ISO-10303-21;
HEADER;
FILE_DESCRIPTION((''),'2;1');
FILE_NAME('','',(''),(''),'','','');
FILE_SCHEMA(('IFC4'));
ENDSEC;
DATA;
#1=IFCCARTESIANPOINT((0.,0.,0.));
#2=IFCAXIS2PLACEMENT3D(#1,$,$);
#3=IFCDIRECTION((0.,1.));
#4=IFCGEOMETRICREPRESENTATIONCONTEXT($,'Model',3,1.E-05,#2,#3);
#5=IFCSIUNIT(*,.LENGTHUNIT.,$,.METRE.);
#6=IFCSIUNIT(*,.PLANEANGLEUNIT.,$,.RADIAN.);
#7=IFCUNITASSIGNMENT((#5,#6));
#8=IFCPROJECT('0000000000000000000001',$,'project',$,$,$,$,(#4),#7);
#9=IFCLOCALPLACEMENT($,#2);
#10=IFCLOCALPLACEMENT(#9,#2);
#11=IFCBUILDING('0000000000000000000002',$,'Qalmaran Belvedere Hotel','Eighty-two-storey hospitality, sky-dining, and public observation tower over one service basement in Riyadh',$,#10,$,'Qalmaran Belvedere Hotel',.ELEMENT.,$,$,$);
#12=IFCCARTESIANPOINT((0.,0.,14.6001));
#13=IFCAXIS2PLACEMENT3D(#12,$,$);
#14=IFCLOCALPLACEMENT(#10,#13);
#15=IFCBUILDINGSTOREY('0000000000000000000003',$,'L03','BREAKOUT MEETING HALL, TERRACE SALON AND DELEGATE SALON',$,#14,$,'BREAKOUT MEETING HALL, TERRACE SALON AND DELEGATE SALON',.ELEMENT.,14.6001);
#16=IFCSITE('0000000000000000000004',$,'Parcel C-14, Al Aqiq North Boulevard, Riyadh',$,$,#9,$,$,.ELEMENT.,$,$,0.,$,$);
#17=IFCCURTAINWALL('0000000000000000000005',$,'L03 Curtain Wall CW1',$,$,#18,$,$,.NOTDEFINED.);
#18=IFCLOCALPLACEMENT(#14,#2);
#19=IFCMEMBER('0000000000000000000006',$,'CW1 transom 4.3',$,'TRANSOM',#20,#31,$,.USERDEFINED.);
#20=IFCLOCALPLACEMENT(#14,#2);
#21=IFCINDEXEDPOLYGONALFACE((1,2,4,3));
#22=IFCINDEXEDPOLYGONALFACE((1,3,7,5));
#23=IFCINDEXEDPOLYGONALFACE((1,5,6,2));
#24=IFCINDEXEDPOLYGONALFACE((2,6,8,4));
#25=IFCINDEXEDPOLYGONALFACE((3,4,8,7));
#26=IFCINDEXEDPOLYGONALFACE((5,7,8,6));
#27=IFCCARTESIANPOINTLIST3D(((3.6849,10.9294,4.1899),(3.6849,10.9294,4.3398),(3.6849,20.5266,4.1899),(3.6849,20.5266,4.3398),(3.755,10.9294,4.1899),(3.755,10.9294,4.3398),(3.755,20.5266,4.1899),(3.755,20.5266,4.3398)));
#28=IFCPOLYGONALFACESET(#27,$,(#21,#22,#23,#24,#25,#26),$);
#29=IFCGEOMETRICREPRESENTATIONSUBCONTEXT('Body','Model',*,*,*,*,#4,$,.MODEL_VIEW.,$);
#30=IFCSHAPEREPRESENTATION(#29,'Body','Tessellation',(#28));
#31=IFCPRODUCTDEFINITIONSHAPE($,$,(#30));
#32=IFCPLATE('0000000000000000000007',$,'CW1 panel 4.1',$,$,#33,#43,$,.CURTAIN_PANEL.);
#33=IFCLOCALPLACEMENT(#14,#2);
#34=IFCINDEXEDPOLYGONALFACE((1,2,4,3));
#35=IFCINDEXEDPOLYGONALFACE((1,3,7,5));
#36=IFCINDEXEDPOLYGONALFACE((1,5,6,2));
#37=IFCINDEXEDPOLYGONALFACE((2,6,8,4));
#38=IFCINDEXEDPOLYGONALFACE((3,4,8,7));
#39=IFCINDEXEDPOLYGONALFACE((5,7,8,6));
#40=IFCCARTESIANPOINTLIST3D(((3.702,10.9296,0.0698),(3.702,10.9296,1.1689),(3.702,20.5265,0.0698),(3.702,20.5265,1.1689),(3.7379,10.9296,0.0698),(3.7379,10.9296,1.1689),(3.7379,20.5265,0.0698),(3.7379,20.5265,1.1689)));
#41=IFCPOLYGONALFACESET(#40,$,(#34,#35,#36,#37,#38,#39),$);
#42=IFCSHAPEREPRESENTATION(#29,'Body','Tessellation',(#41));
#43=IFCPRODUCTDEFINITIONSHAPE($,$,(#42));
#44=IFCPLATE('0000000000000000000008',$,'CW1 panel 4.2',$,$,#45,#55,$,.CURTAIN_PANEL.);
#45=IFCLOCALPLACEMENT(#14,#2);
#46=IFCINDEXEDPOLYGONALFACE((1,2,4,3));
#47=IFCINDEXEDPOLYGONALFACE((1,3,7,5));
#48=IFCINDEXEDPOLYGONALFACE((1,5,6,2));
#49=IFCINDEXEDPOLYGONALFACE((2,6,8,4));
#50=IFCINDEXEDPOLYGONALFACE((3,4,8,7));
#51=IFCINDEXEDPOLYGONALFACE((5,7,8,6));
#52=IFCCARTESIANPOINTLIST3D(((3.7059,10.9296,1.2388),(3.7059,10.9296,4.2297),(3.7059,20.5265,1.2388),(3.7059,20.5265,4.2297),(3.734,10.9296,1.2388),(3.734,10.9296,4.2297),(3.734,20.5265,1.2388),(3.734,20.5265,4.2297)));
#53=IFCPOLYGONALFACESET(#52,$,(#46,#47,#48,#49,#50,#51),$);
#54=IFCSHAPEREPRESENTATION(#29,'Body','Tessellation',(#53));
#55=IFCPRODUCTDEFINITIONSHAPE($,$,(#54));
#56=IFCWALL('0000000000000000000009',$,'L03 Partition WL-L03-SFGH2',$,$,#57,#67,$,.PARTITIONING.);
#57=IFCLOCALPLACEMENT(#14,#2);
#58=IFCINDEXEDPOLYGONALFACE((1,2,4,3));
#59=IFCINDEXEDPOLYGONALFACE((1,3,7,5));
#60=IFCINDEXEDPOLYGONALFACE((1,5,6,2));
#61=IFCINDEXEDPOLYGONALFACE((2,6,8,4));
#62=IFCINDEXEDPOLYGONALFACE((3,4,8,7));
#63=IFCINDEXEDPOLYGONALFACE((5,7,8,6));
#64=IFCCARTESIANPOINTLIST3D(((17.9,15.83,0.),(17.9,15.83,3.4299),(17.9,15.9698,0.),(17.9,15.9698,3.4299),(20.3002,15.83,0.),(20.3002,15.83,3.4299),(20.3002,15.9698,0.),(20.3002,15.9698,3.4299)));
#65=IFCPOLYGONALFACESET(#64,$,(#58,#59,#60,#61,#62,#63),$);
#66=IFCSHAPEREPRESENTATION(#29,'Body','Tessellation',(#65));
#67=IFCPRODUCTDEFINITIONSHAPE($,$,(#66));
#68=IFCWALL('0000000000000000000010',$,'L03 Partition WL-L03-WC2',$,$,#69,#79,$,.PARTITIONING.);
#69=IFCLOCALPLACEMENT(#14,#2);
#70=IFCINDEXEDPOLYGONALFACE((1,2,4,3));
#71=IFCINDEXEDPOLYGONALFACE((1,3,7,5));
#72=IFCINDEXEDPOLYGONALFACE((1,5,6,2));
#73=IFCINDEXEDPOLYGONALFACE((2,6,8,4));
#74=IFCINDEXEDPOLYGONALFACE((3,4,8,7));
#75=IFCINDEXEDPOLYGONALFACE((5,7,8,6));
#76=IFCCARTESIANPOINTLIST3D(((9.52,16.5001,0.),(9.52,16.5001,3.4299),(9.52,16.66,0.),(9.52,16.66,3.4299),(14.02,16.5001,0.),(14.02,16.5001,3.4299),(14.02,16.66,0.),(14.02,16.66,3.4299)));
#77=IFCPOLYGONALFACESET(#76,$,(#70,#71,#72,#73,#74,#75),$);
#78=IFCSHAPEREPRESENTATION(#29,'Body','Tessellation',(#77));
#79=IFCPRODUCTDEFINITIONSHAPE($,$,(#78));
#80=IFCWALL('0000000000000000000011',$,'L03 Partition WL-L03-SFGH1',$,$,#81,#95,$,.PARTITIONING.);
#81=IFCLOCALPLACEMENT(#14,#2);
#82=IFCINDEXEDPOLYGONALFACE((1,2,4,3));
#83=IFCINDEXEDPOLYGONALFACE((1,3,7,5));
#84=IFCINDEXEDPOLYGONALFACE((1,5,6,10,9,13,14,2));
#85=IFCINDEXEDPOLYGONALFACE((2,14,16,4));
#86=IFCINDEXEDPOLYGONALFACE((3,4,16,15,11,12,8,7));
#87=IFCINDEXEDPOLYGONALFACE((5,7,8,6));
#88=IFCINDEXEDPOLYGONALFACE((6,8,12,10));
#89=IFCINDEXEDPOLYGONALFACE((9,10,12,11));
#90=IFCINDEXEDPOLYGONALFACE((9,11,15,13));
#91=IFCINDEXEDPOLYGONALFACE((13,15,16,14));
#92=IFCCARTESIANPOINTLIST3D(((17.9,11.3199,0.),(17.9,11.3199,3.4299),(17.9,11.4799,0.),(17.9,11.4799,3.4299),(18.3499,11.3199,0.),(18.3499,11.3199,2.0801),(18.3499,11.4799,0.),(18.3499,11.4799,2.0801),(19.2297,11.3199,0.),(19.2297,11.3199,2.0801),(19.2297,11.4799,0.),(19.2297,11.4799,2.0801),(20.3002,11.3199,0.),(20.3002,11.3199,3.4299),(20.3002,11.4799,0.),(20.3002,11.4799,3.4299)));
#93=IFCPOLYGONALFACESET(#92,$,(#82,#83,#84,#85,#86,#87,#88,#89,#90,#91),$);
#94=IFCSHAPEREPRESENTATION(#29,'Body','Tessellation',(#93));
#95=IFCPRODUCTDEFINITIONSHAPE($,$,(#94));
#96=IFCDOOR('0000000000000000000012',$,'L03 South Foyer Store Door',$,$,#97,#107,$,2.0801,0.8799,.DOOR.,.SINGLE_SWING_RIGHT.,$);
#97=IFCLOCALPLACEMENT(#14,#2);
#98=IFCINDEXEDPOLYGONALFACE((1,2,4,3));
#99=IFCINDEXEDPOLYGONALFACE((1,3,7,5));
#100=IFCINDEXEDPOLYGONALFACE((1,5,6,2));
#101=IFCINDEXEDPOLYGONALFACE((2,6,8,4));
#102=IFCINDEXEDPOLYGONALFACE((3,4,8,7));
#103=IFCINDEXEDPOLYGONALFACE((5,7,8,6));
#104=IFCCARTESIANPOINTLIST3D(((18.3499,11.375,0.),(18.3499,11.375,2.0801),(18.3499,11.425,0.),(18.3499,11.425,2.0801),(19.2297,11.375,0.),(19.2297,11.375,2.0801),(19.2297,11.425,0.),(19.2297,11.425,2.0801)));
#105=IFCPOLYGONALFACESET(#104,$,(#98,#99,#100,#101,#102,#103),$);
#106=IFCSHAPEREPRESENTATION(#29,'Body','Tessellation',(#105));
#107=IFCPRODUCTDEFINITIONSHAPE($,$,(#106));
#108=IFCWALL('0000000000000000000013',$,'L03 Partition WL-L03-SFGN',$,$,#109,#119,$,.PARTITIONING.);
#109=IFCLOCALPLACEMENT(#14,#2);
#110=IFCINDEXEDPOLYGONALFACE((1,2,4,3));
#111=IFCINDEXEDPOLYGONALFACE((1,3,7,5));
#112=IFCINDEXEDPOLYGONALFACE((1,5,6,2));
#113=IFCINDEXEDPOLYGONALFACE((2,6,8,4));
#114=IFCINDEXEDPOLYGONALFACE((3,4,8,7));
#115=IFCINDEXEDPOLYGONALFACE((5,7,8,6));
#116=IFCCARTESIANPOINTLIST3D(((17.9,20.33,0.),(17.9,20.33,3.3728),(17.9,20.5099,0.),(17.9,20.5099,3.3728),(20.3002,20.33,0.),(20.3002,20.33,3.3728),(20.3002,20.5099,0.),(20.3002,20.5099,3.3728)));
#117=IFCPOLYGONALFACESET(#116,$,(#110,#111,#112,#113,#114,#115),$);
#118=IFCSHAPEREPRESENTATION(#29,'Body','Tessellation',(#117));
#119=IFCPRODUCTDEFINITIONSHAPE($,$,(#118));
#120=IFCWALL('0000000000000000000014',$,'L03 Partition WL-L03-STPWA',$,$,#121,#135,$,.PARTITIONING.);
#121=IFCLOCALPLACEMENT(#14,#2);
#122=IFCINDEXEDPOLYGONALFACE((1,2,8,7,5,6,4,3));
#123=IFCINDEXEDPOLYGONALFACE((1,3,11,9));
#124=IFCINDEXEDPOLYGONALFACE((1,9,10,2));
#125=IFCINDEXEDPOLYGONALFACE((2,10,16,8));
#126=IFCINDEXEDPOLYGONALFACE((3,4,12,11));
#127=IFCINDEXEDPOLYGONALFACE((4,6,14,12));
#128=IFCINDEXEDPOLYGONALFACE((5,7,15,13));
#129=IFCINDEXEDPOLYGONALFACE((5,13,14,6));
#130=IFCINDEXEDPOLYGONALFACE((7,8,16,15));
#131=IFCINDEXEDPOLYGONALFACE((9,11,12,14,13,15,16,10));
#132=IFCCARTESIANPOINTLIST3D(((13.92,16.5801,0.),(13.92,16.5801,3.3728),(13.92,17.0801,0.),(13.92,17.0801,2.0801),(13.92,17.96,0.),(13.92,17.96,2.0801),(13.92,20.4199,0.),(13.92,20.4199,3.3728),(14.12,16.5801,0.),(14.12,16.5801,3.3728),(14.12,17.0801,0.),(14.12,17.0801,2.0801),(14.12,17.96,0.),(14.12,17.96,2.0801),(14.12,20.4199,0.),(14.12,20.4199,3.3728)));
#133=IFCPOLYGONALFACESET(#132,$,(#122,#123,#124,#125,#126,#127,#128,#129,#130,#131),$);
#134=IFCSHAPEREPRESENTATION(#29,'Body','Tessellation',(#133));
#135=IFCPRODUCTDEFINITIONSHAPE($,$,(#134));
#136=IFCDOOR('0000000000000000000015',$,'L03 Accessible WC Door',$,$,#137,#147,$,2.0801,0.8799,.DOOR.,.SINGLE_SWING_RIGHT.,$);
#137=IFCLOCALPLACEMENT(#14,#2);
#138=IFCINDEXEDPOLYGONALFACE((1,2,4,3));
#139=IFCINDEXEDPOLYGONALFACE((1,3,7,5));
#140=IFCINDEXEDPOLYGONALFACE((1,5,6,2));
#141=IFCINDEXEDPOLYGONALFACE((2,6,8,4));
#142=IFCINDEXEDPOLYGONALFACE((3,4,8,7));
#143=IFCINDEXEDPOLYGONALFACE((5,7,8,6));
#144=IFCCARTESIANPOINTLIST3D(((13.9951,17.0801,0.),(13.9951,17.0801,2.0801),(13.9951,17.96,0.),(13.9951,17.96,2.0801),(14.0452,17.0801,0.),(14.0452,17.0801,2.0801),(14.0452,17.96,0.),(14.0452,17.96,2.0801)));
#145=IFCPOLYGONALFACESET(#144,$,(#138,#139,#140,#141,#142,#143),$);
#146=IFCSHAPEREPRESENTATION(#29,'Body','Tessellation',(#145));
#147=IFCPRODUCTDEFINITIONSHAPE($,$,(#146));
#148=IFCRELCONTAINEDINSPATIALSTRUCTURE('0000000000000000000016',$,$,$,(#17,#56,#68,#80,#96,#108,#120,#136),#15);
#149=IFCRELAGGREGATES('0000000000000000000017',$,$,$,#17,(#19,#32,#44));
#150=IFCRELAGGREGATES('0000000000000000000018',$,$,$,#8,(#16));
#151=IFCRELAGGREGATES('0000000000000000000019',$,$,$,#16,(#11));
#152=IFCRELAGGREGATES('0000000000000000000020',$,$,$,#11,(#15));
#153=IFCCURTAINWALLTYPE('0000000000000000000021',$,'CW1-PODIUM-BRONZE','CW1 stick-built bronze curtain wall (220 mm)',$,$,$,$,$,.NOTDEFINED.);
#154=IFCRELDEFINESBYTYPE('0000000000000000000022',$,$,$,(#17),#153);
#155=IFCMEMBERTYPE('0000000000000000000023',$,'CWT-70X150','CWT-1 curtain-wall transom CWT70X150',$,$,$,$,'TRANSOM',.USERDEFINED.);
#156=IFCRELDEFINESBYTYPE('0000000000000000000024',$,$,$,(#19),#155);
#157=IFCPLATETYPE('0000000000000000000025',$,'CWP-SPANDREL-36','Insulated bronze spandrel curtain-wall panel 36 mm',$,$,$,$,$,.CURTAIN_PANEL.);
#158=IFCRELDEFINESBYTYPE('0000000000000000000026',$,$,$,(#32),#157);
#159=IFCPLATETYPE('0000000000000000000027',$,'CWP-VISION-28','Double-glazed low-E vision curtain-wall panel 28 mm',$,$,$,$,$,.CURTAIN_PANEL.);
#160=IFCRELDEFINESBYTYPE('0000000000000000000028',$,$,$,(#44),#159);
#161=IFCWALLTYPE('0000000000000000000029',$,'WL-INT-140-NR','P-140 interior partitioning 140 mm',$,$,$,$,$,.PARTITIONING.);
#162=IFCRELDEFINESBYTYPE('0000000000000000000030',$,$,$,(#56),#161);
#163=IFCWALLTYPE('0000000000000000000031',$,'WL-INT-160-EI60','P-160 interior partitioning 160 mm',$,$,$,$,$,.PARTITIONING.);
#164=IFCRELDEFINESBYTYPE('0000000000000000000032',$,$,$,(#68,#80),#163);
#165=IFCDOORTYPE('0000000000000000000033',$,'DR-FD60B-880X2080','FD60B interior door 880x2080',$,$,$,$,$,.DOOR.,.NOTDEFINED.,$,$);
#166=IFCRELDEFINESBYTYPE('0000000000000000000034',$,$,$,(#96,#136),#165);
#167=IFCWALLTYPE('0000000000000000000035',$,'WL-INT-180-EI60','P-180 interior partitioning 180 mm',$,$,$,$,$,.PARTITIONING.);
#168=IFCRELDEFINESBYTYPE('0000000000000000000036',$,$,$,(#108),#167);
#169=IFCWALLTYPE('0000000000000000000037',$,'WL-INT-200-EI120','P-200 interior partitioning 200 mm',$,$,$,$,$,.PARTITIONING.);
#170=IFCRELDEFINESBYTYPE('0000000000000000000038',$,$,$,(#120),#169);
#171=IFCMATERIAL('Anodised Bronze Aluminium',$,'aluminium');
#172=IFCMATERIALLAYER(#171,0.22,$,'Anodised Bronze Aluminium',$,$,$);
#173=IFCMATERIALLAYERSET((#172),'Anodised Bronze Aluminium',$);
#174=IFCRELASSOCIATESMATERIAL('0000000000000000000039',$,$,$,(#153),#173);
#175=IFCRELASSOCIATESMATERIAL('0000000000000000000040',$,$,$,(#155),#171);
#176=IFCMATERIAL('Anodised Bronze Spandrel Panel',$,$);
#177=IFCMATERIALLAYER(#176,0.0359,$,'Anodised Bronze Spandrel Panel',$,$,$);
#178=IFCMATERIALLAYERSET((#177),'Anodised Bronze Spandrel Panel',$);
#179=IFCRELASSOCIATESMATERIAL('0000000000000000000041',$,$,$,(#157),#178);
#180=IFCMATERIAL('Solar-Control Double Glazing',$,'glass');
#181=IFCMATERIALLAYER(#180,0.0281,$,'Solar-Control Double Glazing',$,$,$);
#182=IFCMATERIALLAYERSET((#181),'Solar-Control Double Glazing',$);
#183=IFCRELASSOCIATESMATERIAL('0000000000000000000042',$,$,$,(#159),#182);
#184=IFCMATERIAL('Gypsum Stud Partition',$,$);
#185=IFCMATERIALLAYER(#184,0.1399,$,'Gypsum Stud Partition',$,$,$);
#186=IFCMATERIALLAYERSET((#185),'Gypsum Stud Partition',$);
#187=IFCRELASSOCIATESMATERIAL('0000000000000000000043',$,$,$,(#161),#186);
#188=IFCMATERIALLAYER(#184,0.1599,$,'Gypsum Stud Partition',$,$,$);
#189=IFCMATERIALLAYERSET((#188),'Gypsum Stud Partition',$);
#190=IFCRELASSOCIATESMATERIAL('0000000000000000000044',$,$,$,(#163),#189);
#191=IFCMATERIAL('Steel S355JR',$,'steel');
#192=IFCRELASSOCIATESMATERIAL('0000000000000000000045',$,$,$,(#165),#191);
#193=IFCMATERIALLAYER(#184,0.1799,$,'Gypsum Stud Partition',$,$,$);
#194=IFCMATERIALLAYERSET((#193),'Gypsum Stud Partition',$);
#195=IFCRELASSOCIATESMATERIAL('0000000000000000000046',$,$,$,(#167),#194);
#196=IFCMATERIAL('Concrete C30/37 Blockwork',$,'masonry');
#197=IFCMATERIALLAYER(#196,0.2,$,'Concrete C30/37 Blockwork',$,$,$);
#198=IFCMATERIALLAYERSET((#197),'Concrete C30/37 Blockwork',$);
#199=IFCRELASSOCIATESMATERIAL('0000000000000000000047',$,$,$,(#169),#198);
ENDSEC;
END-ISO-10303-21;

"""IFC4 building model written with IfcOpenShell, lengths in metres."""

from ifc_helpers import new_model, si_unit, direction, frame, frame_2d, origin, origin_2d, place, context, subcontext, project, spatial, rectangle, extrude, material, layer, layer_set, material_profile, profile_set, type_object, element, fill, aggregate, save


model = new_model("IFC4")

# Units and contexts
model_context = context("Model", 3, precision=1e-05, world=origin(), true_north=direction((0.0, 1.0)))
body_context = subcontext(model_context, "Body", "Model", "MODEL_VIEW")
ifc_project = project(units=[si_unit("LENGTHUNIT", "METRE"), si_unit("PLANEANGLEUNIT", "RADIAN")], contexts=[model_context])

# Site, building, storey
site_placement = place(None, origin())
site = spatial("IfcSite", under=ifc_project, at=site_placement, Name="Parcel C-14, Al Aqiq North Boulevard, Riyadh", CompositionType="ELEMENT", RefElevation=0.0)
building_placement = place(site_placement, origin())
building = spatial("IfcBuilding", under=site, at=building_placement, Name="Qalmaran Belvedere Hotel", Description="Eighty-two-storey hospitality, sky-dining, and public observation tower over one service basement in Riyadh", LongName="Qalmaran Belvedere Hotel", CompositionType="ELEMENT")
storey_placement = place(building_placement, frame((0.0, 0.0, 14.6001)))
storey = spatial("IfcBuildingStorey", under=building, at=storey_placement, Name="L03", Description="BREAKOUT MEETING HALL, TERRACE SALON AND DELEGATE SALON", LongName="BREAKOUT MEETING HALL, TERRACE SALON AND DELEGATE SALON", CompositionType="ELEMENT", Elevation=14.6001)

# Shared definitions
ifc_material_1 = material(Name="Steel S355JR", Category="steel")

# Curtain wall, member, plates
ifc_material_2 = material(Name="Anodised Bronze Aluminium", Category="aluminium")
ifc_layer_1 = layer(ifc_material_2, 0.22, Name="Anodised Bronze Aluminium")
ifc_layer_set_1 = layer_set([ifc_layer_1], Name="Anodised Bronze Aluminium")
curtain_wall_type = type_object("IfcCurtainWallType", Name="CW1-PODIUM-BRONZE", Description="CW1 stick-built bronze curtain wall (220 mm)", PredefinedType="NOTDEFINED", material=ifc_layer_set_1)
curtain_wall_placement = place(storey_placement, origin())
curtain_wall = element("IfcCurtainWall", 1, at=curtain_wall_placement, inside=storey, type_object=curtain_wall_type, Name="L03 Curtain Wall CW1", PredefinedType="NOTDEFINED")
ifc_material_profile_1 = material_profile(ifc_material_2, rectangle(XDim=0.0701, YDim=0.1499, at=origin_2d()), Name="CWT70X150")
ifc_profile_set_1 = profile_set([ifc_material_profile_1], Name="Anodised Bronze Aluminium")
member_type_1 = type_object("IfcMemberType", Name="CWT-70X150", Description="CWT-1 curtain-wall transom CWT70X150", ElementType="TRANSOM", PredefinedType="USERDEFINED", material=ifc_profile_set_1)
member_1_placement = place(storey_placement, frame((3.72, 20.5266, 4.2649), z_axis=(0.0, -1.0, 0.0), x_axis=(1.0, 0.0, 0.0)))
member_1 = element("IfcMember", 2, at=member_1_placement, type_object=member_type_1, Name="CW1 transom 4.3", ObjectType="TRANSOM", PredefinedType="USERDEFINED", context=body_context, shape_type="SweptSolid", body=[
    extrude(rectangle(XDim=0.0701, YDim=0.1499, at=origin_2d()), origin(), (0.0, 0.0, 1.0), 9.5972),
])
ifc_material_3 = material(Name="Anodised Bronze Spandrel Panel")
ifc_layer_2 = layer(ifc_material_3, 0.0359, Name="Anodised Bronze Spandrel Panel")
ifc_layer_set_2 = layer_set([ifc_layer_2], Name="Anodised Bronze Spandrel Panel")
plate_type_1 = type_object("IfcPlateType", Name="CWP-SPANDREL-36", Description="Insulated bronze spandrel curtain-wall panel 36 mm", PredefinedType="CURTAIN_PANEL", material=ifc_layer_set_2)
plate_1_placement = place(storey_placement, frame((3.72, 15.728, 0.0698), z_axis=(0.0, 0.0, 1.0), x_axis=(0.0, -1.0, 0.0)))
plate_1 = element("IfcPlate", 3, at=plate_1_placement, type_object=plate_type_1, Name="CW1 panel 4.1", PredefinedType="CURTAIN_PANEL", context=body_context, shape_type="SweptSolid", body=[
    extrude(rectangle(XDim=9.5969, YDim=0.0359, at=origin_2d()), origin(), (0.0, 0.0, 1.0), 1.0991),
])
ifc_material_4 = material(Name="Solar-Control Double Glazing", Category="glass")
ifc_layer_3 = layer(ifc_material_4, 0.0281, Name="Solar-Control Double Glazing")
ifc_layer_set_3 = layer_set([ifc_layer_3], Name="Solar-Control Double Glazing")
plate_type_2 = type_object("IfcPlateType", Name="CWP-VISION-28", Description="Double-glazed low-E vision curtain-wall panel 28 mm", PredefinedType="CURTAIN_PANEL", material=ifc_layer_set_3)
plate_2_placement = place(storey_placement, frame((3.72, 15.728, 1.2388), z_axis=(0.0, 0.0, 1.0), x_axis=(0.0, -1.0, 0.0)))
plate_2 = element("IfcPlate", 4, at=plate_2_placement, type_object=plate_type_2, Name="CW1 panel 4.2", PredefinedType="CURTAIN_PANEL", context=body_context, shape_type="SweptSolid", body=[
    extrude(rectangle(XDim=9.5969, YDim=0.0281, at=origin_2d()), origin(), (0.0, 0.0, 1.0), 2.991),
])
aggregate(curtain_wall, [member_1, plate_1, plate_2])

# Walls
ifc_material_5 = material(Name="Gypsum Stud Partition")
ifc_layer_4 = layer(ifc_material_5, 0.1399, Name="Gypsum Stud Partition")
ifc_layer_set_4 = layer_set([ifc_layer_4], Name="Gypsum Stud Partition")
wall_type_1 = type_object("IfcWallType", Name="WL-INT-140-NR", Description="P-140 interior partitioning 140 mm", PredefinedType="PARTITIONING", material=ifc_layer_set_4)
wall_1_placement = place(storey_placement, frame((17.8999, 15.8999, 0.0), z_axis=(0.0, 0.0, 1.0), x_axis=(1.0, 0.0, 0.0)))
element("IfcWall", 5, at=wall_1_placement, inside=storey, type_object=wall_type_1, Name="L03 Partition WL-L03-SFGH2", PredefinedType="PARTITIONING", context=body_context, shape_type="SweptSolid", body=[
    extrude(rectangle(XDim=2.4001, YDim=0.1399, at=frame_2d((1.2002, 0.0))), origin(), (0.0, 0.0, 1.0), 3.4299),
])
ifc_layer_5 = layer(ifc_material_5, 0.1599, Name="Gypsum Stud Partition")
ifc_layer_set_5 = layer_set([ifc_layer_5], Name="Gypsum Stud Partition")
wall_type_2 = type_object("IfcWallType", Name="WL-INT-160-EI60", Description="P-160 interior partitioning 160 mm", PredefinedType="PARTITIONING", material=ifc_layer_set_5)
wall_2_placement = place(storey_placement, frame((9.52, 16.5801, 0.0), z_axis=(0.0, 0.0, 1.0), x_axis=(1.0, 0.0, 0.0)))
element("IfcWall", 6, at=wall_2_placement, inside=storey, type_object=wall_type_2, Name="L03 Partition WL-L03-WC2", PredefinedType="PARTITIONING", context=body_context, shape_type="SweptSolid", body=[
    extrude(rectangle(XDim=4.5, YDim=0.1599, at=frame_2d((2.25, 0.0))), origin(), (0.0, 0.0, 1.0), 3.4299),
])

# Wall, opening, door
wall_3_placement = place(storey_placement, frame((17.8999, 11.3999, 0.0), z_axis=(0.0, 0.0, 1.0), x_axis=(1.0, 0.0, 0.0)))
wall_3 = element("IfcWall", 7, at=wall_3_placement, inside=storey, type_object=wall_type_2, Name="L03 Partition WL-L03-SFGH1", PredefinedType="PARTITIONING", context=body_context, shape_type="SweptSolid", body=[
    extrude(rectangle(XDim=2.4001, YDim=0.1599, at=frame_2d((1.2002, 0.0))), origin(), (0.0, 0.0, 1.0), 3.4299),
])
opening_1_placement = place(wall_3_placement, frame((1.3298, 0.0, 0.0), z_axis=(0.0, 0.0, 1.0), x_axis=(-1.0, 0.0, 0.0)))
opening_1 = element("IfcOpeningElement", 8, at=opening_1_placement, cuts=wall_3, PredefinedType="OPENING", context=body_context, shape_type="SweptSolid", body=[
    extrude(rectangle(XDim=0.8799, YDim=2.0801, at=frame_2d((0.4399, 1.04))), frame((0.0, 0.0898, 0.0), z_axis=(0.0, -1.0, 0.0), x_axis=(1.0, 0.0, 0.0)), (0.0, 0.0, 1.0), 0.1799),
])
door_type_1 = type_object("IfcDoorType", Name="DR-FD60B-880X2080", Description="FD60B interior door 880x2080", OperationType="NOTDEFINED", PredefinedType="DOOR", material=ifc_material_1)
door_1_placement = place(opening_1_placement, origin())
door_1 = element("IfcDoor", 9, at=door_1_placement, inside=storey, type_object=door_type_1, Name="L03 South Foyer Store Door", OperationType="SINGLE_SWING_RIGHT", OverallHeight=2.0801, OverallWidth=0.8799, PredefinedType="DOOR", context=body_context, shape_type="SweptSolid", body=[
    extrude(rectangle(XDim=0.8799, YDim=2.0801, at=frame_2d((0.4399, 1.04))), frame((0.0, 0.0249, 0.0), z_axis=(0.0, -1.0, 0.0), x_axis=(1.0, 0.0, 0.0)), (0.0, 0.0, 1.0), 0.05),
])
fill(opening_1, door_1)

# Wall
ifc_layer_6 = layer(ifc_material_5, 0.1799, Name="Gypsum Stud Partition")
ifc_layer_set_6 = layer_set([ifc_layer_6], Name="Gypsum Stud Partition")
wall_type_3 = type_object("IfcWallType", Name="WL-INT-180-EI60", Description="P-180 interior partitioning 180 mm", PredefinedType="PARTITIONING", material=ifc_layer_set_6)
wall_4_placement = place(storey_placement, frame((17.8999, 20.4199, 0.0), z_axis=(0.0, 0.0, 1.0), x_axis=(1.0, 0.0, 0.0)))
element("IfcWall", 10, at=wall_4_placement, inside=storey, type_object=wall_type_3, Name="L03 Partition WL-L03-SFGN", PredefinedType="PARTITIONING", context=body_context, shape_type="SweptSolid", body=[
    extrude(rectangle(XDim=2.4001, YDim=0.1799, at=frame_2d((1.2002, 0.0))), origin(), (0.0, 0.0, 1.0), 3.3728),
])

# Wall, opening, door
ifc_material_6 = material(Name="Concrete C30/37 Blockwork", Category="masonry")
ifc_layer_7 = layer(ifc_material_6, 0.2, Name="Concrete C30/37 Blockwork")
ifc_layer_set_7 = layer_set([ifc_layer_7], Name="Concrete C30/37 Blockwork")
wall_type_4 = type_object("IfcWallType", Name="WL-INT-200-EI120", Description="P-200 interior partitioning 200 mm", PredefinedType="PARTITIONING", material=ifc_layer_set_7)
wall_5_placement = place(storey_placement, frame((14.02, 16.5801, 0.0), z_axis=(0.0, 0.0, 1.0), x_axis=(0.0, 1.0, 0.0)))
wall_5 = element("IfcWall", 11, at=wall_5_placement, inside=storey, type_object=wall_type_4, Name="L03 Partition WL-L03-STPWA", PredefinedType="PARTITIONING", context=body_context, shape_type="SweptSolid", body=[
    extrude(rectangle(XDim=3.8398, YDim=0.2, at=frame_2d((1.9199, 0.0))), origin(), (0.0, 0.0, 1.0), 3.3728),
])
opening_2_placement = place(wall_5_placement, frame((0.5, 0.0, 0.0)))
opening_2 = element("IfcOpeningElement", 12, at=opening_2_placement, cuts=wall_5, PredefinedType="OPENING", context=body_context, shape_type="SweptSolid", body=[
    extrude(rectangle(XDim=0.8799, YDim=2.0801, at=frame_2d((0.4399, 1.04))), frame((0.0, 0.1099, 0.0), z_axis=(0.0, -1.0, 0.0), x_axis=(1.0, 0.0, 0.0)), (0.0, 0.0, 1.0), 0.22),
])
door_2_placement = place(opening_2_placement, origin())
door_2 = element("IfcDoor", 13, at=door_2_placement, inside=storey, type_object=door_type_1, Name="L03 Accessible WC Door", OperationType="SINGLE_SWING_RIGHT", OverallHeight=2.0801, OverallWidth=0.8799, PredefinedType="DOOR", context=body_context, shape_type="SweptSolid", body=[
    extrude(rectangle(XDim=0.8799, YDim=2.0801, at=frame_2d((0.4399, 1.04))), frame((0.0, 0.0249, 0.0), z_axis=(0.0, -1.0, 0.0), x_axis=(1.0, 0.0, 0.0)), (0.0, 0.0, 1.0), 0.05),
])
fill(opening_2, door_2)

save(model, "model.ifc")
